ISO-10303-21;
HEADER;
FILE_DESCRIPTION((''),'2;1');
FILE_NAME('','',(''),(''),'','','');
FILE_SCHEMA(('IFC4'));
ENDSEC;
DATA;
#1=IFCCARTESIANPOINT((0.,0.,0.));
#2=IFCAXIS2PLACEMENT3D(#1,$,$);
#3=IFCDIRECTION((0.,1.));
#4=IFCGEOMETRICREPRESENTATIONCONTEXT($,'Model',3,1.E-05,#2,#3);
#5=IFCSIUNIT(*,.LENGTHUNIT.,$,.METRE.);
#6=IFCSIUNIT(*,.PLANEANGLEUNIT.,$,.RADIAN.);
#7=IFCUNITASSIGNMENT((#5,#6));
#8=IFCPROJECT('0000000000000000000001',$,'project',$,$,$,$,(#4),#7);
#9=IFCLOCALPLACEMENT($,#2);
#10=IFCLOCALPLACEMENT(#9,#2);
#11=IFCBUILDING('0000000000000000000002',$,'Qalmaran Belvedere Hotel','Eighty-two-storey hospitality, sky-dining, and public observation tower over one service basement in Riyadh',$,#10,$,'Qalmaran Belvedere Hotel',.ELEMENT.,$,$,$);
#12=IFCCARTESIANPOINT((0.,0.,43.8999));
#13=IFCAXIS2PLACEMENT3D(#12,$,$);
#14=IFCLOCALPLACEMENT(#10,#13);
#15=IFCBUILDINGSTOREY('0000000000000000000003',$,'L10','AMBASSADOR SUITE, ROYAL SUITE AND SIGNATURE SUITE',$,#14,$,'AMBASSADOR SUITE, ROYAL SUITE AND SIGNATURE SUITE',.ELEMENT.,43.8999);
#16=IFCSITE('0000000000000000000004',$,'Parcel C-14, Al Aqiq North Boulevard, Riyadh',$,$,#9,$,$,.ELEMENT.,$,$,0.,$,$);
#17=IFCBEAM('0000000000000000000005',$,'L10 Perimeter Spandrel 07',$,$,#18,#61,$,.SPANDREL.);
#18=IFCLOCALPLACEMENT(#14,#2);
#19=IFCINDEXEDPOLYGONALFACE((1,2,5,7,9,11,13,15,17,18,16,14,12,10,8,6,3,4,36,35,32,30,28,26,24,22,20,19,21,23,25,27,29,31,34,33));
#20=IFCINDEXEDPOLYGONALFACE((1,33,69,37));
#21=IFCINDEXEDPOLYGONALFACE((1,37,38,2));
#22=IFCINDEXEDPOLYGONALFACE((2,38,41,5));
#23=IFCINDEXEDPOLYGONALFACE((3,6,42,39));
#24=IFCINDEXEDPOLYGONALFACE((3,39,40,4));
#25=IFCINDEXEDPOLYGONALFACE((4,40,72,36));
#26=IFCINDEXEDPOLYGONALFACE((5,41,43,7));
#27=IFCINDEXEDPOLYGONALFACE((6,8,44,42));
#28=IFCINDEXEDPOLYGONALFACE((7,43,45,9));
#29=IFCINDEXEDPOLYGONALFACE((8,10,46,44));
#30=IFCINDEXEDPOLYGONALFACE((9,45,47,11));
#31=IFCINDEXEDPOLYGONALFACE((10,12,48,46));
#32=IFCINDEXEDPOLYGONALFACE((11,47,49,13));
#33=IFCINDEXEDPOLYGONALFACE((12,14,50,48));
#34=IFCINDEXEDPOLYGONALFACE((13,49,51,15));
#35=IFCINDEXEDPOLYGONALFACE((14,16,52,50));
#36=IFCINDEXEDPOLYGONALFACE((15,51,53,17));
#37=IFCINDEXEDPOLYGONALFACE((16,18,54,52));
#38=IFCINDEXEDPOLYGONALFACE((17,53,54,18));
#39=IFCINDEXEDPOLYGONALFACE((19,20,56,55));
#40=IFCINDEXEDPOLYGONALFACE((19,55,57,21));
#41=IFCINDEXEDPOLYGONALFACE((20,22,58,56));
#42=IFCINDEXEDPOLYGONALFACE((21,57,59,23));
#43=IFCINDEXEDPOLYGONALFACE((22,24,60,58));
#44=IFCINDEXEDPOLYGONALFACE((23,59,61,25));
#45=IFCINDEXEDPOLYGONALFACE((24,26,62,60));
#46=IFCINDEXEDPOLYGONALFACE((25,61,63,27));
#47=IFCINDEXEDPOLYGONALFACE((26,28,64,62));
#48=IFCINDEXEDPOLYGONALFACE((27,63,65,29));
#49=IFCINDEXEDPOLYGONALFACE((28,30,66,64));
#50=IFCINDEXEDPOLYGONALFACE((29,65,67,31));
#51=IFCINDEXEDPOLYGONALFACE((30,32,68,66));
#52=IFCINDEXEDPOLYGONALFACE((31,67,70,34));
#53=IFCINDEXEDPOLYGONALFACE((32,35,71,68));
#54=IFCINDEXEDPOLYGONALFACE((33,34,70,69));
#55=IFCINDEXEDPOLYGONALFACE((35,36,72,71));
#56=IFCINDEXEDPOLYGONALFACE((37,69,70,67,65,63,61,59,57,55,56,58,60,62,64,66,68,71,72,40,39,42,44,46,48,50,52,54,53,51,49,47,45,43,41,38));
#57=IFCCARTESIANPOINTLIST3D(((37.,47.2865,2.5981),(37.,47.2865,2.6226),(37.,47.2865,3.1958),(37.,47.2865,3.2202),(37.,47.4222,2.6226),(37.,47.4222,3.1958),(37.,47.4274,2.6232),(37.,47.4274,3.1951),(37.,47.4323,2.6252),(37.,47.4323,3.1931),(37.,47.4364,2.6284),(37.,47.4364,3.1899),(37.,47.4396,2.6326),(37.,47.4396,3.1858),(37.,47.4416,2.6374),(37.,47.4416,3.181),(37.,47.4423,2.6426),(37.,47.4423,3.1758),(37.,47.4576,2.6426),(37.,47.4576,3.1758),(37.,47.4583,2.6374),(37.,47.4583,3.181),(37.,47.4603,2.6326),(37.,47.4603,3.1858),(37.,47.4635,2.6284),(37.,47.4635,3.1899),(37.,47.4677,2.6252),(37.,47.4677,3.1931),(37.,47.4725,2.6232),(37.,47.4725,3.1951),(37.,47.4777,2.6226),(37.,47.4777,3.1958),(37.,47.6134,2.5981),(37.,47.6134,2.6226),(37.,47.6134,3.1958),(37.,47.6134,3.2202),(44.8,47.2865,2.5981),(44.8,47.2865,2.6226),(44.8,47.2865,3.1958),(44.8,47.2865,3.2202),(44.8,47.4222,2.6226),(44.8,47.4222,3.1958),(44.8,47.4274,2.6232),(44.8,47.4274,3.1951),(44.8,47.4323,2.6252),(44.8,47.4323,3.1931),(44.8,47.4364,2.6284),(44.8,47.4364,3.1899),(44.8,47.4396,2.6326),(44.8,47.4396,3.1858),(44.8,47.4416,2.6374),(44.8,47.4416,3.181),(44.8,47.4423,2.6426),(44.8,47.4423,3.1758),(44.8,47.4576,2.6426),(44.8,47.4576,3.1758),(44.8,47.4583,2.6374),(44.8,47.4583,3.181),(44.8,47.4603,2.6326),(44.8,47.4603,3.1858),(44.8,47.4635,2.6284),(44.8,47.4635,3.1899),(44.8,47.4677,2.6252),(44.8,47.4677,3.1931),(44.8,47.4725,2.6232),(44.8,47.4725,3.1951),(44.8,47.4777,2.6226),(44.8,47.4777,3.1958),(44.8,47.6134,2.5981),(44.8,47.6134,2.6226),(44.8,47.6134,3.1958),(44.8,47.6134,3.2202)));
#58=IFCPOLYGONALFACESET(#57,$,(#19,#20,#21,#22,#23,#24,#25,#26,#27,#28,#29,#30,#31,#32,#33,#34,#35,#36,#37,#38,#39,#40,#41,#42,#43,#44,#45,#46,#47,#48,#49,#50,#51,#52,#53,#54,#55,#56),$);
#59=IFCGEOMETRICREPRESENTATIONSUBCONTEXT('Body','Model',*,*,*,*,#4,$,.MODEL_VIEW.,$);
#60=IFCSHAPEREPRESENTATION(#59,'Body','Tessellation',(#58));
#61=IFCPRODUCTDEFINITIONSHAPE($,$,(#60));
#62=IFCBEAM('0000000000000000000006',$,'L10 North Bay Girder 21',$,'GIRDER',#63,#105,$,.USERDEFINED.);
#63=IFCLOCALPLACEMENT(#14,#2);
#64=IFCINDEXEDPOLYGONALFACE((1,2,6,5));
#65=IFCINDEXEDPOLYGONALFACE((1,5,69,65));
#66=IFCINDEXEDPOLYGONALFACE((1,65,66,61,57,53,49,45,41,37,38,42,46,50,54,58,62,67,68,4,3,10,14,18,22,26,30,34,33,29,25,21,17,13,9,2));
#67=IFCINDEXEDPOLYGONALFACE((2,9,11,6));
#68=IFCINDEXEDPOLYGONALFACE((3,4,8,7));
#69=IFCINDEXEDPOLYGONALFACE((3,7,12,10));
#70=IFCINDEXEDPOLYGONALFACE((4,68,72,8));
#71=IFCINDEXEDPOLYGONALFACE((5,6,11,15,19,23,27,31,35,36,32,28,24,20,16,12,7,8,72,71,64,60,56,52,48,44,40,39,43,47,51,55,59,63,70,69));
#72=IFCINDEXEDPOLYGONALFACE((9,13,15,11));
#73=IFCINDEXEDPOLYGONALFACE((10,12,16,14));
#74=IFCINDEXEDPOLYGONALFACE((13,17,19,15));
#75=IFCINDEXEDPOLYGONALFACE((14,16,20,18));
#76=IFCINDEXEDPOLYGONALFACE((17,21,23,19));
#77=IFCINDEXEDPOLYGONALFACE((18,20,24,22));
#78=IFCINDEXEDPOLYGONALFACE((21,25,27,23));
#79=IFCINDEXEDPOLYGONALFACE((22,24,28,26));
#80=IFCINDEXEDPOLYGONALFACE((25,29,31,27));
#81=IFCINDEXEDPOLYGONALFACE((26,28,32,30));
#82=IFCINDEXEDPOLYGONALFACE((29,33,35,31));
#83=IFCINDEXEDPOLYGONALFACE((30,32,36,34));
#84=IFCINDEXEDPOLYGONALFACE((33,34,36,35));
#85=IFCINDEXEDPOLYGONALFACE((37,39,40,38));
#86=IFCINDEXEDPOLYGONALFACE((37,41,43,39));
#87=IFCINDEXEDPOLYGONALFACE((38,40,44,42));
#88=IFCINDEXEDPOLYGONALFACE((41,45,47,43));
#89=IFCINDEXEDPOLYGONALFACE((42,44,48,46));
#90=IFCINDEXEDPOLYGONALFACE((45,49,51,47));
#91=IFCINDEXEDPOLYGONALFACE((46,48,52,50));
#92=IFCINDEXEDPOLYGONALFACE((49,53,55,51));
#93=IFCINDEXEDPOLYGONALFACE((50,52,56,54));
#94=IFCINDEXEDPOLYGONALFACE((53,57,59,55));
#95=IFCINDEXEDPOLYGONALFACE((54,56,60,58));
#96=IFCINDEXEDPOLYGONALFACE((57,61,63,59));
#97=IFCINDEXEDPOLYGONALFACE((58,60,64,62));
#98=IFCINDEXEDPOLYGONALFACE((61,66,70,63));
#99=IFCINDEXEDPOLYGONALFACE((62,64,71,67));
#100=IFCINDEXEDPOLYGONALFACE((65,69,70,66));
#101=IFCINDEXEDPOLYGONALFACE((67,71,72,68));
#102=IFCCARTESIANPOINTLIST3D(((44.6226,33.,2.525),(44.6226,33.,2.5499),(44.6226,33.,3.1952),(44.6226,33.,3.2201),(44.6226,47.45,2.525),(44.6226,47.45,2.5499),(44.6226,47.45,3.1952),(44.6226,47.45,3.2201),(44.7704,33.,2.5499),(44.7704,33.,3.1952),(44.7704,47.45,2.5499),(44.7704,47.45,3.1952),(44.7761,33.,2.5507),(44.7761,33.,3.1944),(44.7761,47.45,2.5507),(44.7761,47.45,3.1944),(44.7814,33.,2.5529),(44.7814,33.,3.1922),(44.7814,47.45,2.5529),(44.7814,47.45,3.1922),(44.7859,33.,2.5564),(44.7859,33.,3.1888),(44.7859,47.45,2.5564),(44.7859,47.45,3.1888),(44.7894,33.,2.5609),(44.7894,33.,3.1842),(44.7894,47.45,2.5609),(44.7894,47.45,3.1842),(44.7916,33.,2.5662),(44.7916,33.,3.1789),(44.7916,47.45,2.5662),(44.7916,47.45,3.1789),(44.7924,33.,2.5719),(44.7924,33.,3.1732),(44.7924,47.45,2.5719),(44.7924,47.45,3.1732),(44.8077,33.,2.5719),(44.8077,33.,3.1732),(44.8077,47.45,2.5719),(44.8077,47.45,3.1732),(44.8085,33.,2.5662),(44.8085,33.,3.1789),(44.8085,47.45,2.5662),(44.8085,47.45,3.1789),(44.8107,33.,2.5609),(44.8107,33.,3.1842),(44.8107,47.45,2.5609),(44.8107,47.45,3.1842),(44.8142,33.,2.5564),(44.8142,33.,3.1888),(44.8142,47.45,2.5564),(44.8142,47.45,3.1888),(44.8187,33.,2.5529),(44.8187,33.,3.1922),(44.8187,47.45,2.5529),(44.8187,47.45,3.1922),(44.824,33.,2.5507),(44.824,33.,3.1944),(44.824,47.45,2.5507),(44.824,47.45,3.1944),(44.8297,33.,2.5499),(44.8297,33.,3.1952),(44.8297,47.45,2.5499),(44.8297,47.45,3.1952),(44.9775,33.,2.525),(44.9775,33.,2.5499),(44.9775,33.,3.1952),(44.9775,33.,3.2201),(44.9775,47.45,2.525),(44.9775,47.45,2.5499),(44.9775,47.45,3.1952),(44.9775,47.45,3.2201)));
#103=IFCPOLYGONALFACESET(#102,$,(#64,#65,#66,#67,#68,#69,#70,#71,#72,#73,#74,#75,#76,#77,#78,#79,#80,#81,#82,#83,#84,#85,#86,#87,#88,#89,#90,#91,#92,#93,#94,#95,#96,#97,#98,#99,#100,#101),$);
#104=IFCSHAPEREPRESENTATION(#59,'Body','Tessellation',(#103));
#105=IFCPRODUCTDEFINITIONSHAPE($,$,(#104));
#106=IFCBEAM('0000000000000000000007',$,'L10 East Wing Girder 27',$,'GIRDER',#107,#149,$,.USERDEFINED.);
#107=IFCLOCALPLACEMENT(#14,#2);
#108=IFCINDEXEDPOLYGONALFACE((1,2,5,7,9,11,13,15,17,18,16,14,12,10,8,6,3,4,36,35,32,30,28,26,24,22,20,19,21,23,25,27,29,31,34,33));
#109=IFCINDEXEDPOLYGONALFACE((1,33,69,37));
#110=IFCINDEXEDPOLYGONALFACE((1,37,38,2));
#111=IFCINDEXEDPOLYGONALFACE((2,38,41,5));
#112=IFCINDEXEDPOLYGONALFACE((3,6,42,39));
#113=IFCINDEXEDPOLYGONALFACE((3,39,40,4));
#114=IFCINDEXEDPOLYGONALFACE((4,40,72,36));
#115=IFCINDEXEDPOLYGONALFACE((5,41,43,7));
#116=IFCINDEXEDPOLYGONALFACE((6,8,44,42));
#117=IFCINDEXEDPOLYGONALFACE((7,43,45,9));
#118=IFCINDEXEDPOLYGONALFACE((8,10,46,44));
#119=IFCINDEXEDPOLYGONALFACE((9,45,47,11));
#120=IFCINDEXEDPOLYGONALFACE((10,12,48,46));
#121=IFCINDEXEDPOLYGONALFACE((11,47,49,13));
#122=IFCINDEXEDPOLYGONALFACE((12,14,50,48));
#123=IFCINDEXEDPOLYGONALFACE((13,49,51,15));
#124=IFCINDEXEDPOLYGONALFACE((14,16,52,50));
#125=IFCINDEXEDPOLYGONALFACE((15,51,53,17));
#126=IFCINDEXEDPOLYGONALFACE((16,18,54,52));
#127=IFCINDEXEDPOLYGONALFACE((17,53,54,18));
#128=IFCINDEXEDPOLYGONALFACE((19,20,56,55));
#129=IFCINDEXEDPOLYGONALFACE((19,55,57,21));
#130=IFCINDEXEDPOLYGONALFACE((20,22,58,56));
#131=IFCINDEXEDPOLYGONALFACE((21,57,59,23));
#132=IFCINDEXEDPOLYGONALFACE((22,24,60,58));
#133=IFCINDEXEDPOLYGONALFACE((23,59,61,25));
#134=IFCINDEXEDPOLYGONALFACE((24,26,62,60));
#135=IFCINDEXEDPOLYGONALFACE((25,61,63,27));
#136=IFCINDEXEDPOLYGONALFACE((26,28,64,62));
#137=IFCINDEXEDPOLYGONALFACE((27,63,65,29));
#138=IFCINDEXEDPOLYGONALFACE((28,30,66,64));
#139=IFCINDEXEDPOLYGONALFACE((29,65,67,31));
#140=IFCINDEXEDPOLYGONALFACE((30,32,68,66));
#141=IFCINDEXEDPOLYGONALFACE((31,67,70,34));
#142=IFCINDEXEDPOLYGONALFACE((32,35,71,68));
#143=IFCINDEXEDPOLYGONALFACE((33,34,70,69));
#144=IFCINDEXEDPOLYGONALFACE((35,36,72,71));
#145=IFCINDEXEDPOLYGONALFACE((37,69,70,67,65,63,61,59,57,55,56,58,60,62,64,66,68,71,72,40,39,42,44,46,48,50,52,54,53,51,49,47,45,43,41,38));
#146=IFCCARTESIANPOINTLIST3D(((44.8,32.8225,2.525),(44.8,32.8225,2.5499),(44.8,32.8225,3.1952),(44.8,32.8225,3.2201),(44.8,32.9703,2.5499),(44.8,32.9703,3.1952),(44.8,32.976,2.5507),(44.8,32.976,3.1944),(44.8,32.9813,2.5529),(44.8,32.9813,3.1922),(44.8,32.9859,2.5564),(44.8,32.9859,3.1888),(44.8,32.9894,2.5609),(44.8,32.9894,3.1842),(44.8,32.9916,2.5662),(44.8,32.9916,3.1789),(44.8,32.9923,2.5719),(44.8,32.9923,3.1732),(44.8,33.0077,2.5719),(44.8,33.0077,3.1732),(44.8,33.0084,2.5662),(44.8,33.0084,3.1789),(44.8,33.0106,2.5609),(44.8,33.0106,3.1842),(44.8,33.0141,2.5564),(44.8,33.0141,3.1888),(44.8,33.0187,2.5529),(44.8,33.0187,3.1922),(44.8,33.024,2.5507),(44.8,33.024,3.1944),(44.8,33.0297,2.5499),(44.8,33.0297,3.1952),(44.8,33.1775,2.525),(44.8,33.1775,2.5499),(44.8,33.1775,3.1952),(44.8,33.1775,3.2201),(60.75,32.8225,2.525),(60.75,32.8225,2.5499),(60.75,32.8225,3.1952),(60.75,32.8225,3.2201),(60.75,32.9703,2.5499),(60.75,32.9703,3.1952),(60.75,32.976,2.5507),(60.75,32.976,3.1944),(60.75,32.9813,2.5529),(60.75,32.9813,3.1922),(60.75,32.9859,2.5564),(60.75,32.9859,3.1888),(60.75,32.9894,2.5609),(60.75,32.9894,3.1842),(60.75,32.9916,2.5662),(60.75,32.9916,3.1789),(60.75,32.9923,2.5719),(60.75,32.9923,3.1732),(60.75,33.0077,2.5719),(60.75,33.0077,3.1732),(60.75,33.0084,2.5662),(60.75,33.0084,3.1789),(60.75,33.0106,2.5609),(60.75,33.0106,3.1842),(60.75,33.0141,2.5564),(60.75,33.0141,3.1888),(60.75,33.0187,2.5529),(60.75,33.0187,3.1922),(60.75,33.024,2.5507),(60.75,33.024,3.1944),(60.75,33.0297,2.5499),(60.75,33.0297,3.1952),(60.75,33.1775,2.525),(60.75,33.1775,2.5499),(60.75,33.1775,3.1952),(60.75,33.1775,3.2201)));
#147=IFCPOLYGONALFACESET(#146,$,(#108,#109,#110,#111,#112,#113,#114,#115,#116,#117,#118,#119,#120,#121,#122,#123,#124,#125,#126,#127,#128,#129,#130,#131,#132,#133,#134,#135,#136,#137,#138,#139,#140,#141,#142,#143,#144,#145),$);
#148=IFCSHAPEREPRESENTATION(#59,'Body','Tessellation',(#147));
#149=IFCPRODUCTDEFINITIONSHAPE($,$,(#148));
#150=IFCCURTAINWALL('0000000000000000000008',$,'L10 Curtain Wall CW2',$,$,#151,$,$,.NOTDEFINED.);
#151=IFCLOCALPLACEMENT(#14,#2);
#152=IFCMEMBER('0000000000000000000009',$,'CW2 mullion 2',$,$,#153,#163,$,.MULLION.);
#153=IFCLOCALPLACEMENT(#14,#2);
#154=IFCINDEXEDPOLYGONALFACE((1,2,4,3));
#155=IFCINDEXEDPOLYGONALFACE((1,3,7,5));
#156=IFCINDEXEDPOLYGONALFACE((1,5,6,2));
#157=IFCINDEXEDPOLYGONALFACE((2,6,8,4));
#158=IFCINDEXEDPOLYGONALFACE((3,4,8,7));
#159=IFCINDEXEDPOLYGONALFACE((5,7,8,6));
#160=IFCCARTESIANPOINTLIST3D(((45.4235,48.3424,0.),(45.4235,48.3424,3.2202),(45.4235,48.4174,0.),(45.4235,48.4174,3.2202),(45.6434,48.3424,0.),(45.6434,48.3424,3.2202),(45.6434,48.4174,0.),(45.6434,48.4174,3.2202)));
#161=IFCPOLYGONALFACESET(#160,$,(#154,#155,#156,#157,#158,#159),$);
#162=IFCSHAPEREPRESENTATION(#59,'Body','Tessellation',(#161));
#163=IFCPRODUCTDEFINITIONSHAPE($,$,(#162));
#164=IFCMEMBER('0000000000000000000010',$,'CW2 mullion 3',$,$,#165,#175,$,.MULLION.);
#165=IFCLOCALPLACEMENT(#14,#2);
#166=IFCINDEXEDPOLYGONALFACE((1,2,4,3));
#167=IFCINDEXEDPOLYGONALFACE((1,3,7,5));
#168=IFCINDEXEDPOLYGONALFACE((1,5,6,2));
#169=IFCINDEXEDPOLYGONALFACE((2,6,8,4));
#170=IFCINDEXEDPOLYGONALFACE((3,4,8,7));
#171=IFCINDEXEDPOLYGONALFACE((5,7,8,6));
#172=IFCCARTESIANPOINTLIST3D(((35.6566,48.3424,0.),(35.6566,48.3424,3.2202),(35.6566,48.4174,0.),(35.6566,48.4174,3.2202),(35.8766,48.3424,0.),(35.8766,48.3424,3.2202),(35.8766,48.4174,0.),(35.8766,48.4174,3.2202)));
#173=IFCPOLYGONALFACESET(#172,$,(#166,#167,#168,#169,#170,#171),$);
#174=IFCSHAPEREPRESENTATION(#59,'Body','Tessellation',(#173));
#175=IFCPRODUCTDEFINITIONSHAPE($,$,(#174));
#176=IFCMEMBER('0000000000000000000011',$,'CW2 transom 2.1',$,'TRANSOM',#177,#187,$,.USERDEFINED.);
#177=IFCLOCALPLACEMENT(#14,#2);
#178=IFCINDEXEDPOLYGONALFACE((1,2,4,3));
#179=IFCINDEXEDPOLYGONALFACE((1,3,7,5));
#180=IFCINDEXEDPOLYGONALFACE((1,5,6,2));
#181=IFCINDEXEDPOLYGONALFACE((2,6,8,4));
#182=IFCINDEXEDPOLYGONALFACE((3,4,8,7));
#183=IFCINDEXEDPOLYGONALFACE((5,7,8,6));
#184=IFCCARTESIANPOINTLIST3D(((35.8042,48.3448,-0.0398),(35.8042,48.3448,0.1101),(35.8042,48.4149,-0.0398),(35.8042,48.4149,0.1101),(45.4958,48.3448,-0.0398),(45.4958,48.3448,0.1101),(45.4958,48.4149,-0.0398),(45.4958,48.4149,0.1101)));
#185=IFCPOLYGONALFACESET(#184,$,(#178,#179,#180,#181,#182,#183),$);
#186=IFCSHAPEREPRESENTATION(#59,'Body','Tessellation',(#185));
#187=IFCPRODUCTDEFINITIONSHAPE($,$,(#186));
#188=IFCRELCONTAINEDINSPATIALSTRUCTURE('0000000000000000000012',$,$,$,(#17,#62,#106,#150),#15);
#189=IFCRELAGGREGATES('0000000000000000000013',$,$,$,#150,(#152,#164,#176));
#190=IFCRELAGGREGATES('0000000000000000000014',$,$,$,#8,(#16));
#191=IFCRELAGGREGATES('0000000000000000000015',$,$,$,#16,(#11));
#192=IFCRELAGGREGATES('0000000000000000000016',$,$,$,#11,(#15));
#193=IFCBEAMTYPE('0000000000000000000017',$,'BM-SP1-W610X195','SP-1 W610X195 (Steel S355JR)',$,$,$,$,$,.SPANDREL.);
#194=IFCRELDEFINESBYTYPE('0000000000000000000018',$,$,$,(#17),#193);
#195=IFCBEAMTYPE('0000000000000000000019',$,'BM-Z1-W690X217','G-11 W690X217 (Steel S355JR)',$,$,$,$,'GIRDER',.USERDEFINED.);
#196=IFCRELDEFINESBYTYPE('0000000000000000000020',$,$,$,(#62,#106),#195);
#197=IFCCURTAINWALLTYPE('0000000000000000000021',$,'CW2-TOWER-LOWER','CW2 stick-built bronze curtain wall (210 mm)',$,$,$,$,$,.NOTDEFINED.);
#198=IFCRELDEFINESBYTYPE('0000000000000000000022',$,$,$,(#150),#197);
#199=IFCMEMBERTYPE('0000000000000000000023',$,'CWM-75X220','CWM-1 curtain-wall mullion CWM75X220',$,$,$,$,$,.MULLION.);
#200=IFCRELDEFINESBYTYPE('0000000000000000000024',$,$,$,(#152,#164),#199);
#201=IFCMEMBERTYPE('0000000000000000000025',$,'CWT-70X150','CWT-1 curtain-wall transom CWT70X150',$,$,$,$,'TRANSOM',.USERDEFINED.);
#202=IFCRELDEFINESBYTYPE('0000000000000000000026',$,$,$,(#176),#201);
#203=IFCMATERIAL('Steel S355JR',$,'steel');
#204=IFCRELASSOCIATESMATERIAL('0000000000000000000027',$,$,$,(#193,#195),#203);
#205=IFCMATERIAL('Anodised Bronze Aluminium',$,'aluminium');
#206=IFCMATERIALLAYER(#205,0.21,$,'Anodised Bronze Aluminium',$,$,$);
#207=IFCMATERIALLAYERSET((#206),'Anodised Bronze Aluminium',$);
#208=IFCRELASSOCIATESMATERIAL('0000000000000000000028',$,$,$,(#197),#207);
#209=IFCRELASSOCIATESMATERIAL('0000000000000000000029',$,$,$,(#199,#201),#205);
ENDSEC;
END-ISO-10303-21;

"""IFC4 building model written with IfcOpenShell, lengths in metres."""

from ifc_helpers import new_model, si_unit, direction, frame, origin, origin_2d, place, context, subcontext, project, spatial, rectangle, i_section, extrude, material, layer, layer_set, material_profile, profile_set, type_object, element, aggregate, save


model = new_model("IFC4")

# Units and contexts
model_context = context("Model", 3, precision=1e-05, world=origin(), true_north=direction((0.0, 1.0)))
body_context = subcontext(model_context, "Body", "Model", "MODEL_VIEW")
ifc_project = project(units=[si_unit("LENGTHUNIT", "METRE"), si_unit("PLANEANGLEUNIT", "RADIAN")], contexts=[model_context])

# Site, building, storey
site_placement = place(None, origin())
site = spatial("IfcSite", under=ifc_project, at=site_placement, Name="Parcel C-14, Al Aqiq North Boulevard, Riyadh", CompositionType="ELEMENT", RefElevation=0.0)
building_placement = place(site_placement, origin())
building = spatial("IfcBuilding", under=site, at=building_placement, Name="Qalmaran Belvedere Hotel", Description="Eighty-two-storey hospitality, sky-dining, and public observation tower over one service basement in Riyadh", LongName="Qalmaran Belvedere Hotel", CompositionType="ELEMENT")
storey_placement = place(building_placement, frame((0.0, 0.0, 43.8999)))
storey = spatial("IfcBuildingStorey", under=building, at=storey_placement, Name="L10", Description="AMBASSADOR SUITE, ROYAL SUITE AND SIGNATURE SUITE", LongName="AMBASSADOR SUITE, ROYAL SUITE AND SIGNATURE SUITE", CompositionType="ELEMENT", Elevation=43.8999)

# Beams
ifc_material_1 = material(Name="Steel S355JR", Category="steel")
ifc_material_profile_1 = material_profile(ifc_material_1, i_section(OverallWidth=0.3269, OverallDepth=0.6221, WebThickness=0.0154, FlangeThickness=0.0244, FilletRadius=0.02, at=origin_2d()), Name="W610X195")
ifc_profile_set_1 = profile_set([ifc_material_profile_1], Name="Steel S355JR")
beam_type_1 = type_object("IfcBeamType", Name="BM-SP1-W610X195", Description="SP-1 W610X195 (Steel S355JR)", PredefinedType="SPANDREL", material=ifc_profile_set_1)
beam_1_placement = place(storey_placement, frame((37.0, 47.45, 2.9092), z_axis=(1.0, 0.0, 0.0), x_axis=(0.0, 1.0, 0.0)))
element("IfcBeam", 1, at=beam_1_placement, inside=storey, type_object=beam_type_1, Name="L10 Perimeter Spandrel 07", PredefinedType="SPANDREL", context=body_context, shape_type="SweptSolid", body=[
    extrude(i_section(OverallWidth=0.3269, OverallDepth=0.6221, WebThickness=0.0154, FlangeThickness=0.0244, FilletRadius=0.02, at=origin_2d()), origin(), (0.0, 0.0, 1.0), 7.8),
])
ifc_material_profile_2 = material_profile(ifc_material_1, i_section(OverallWidth=0.355, OverallDepth=0.6951, WebThickness=0.0154, FlangeThickness=0.0249, FilletRadius=0.022, at=origin_2d()), Name="W690X217")
ifc_profile_set_2 = profile_set([ifc_material_profile_2], Name="Steel S355JR")
beam_type_2 = type_object("IfcBeamType", Name="BM-Z1-W690X217", Description="G-11 W690X217 (Steel S355JR)", ElementType="GIRDER", PredefinedType="USERDEFINED", material=ifc_profile_set_2)
beam_2_placement = place(storey_placement, frame((44.8, 33.0, 2.8726), z_axis=(0.0, 1.0, 0.0), x_axis=(-1.0, 0.0, 0.0)))
element("IfcBeam", 2, at=beam_2_placement, inside=storey, type_object=beam_type_2, Name="L10 North Bay Girder 21", ObjectType="GIRDER", PredefinedType="USERDEFINED", context=body_context, shape_type="SweptSolid", body=[
    extrude(i_section(OverallWidth=0.355, OverallDepth=0.6951, WebThickness=0.0154, FlangeThickness=0.0249, FilletRadius=0.022, at=origin_2d()), origin(), (0.0, 0.0, 1.0), 14.45),
])
beam_3_placement = place(storey_placement, frame((44.8, 33.0, 2.8726), z_axis=(1.0, 0.0, 0.0), x_axis=(0.0, 1.0, 0.0)))
element("IfcBeam", 3, at=beam_3_placement, inside=storey, type_object=beam_type_2, Name="L10 East Wing Girder 27", ObjectType="GIRDER", PredefinedType="USERDEFINED", context=body_context, shape_type="SweptSolid", body=[
    extrude(i_section(OverallWidth=0.355, OverallDepth=0.6951, WebThickness=0.0154, FlangeThickness=0.0249, FilletRadius=0.022, at=origin_2d()), origin(), (0.0, 0.0, 1.0), 15.95),
])

# Curtain wall, members
ifc_material_2 = material(Name="Anodised Bronze Aluminium", Category="aluminium")
ifc_layer_1 = layer(ifc_material_2, 0.21, Name="Anodised Bronze Aluminium")
ifc_layer_set_1 = layer_set([ifc_layer_1], Name="Anodised Bronze Aluminium")
curtain_wall_type = type_object("IfcCurtainWallType", Name="CW2-TOWER-LOWER", Description="CW2 stick-built bronze curtain wall (210 mm)", PredefinedType="NOTDEFINED", material=ifc_layer_set_1)
curtain_wall_placement = place(storey_placement, origin())
curtain_wall = element("IfcCurtainWall", 4, at=curtain_wall_placement, inside=storey, type_object=curtain_wall_type, Name="L10 Curtain Wall CW2", PredefinedType="NOTDEFINED")
ifc_material_profile_3 = material_profile(ifc_material_2, rectangle(XDim=0.075, YDim=0.22, at=origin_2d()), Name="CWM75X220")
ifc_profile_set_3 = profile_set([ifc_material_profile_3], Name="Anodised Bronze Aluminium")
member_type_1 = type_object("IfcMemberType", Name="CWM-75X220", Description="CWM-1 curtain-wall mullion CWM75X220", PredefinedType="MULLION", material=ifc_profile_set_3)
member_1_placement = place(storey_placement, frame((45.5334, 48.3799, 0.0), z_axis=(0.0, 0.0, 1.0), x_axis=(0.0, -1.0, 0.0)))
member_1 = element("IfcMember", 5, at=member_1_placement, type_object=member_type_1, Name="CW2 mullion 2", PredefinedType="MULLION", context=body_context, shape_type="SweptSolid", body=[
    extrude(rectangle(XDim=0.075, YDim=0.22, at=origin_2d()), origin(), (0.0, 0.0, 1.0), 3.2202),
])
member_2_placement = place(storey_placement, frame((35.7666, 48.3799, 0.0), z_axis=(0.0, 0.0, 1.0), x_axis=(0.0, -1.0, 0.0)))
member_2 = element("IfcMember", 6, at=member_2_placement, type_object=member_type_1, Name="CW2 mullion 3", PredefinedType="MULLION", context=body_context, shape_type="SweptSolid", body=[
    extrude(rectangle(XDim=0.075, YDim=0.22, at=origin_2d()), origin(), (0.0, 0.0, 1.0), 3.2202),
])
ifc_material_profile_4 = material_profile(ifc_material_2, rectangle(XDim=0.0701, YDim=0.1499, at=origin_2d()), Name="CWT70X150")
ifc_profile_set_4 = profile_set([ifc_material_profile_4], Name="Anodised Bronze Aluminium")
member_type_2 = type_object("IfcMemberType", Name="CWT-70X150", Description="CWT-1 curtain-wall transom CWT70X150", ElementType="TRANSOM", PredefinedType="USERDEFINED", material=ifc_profile_set_4)
member_3_placement = place(storey_placement, frame((45.4958, 48.3799, 0.0352), z_axis=(-1.0, 0.0, 0.0), x_axis=(0.0, -1.0, 0.0)))
member_3 = element("IfcMember", 7, at=member_3_placement, type_object=member_type_2, Name="CW2 transom 2.1", ObjectType="TRANSOM", PredefinedType="USERDEFINED", context=body_context, shape_type="SweptSolid", body=[
    extrude(rectangle(XDim=0.0701, YDim=0.1499, at=origin_2d()), origin(), (0.0, 0.0, 1.0), 9.6917),
])
aggregate(curtain_wall, [member_1, member_2, member_3])

save(model, "model.ifc")
